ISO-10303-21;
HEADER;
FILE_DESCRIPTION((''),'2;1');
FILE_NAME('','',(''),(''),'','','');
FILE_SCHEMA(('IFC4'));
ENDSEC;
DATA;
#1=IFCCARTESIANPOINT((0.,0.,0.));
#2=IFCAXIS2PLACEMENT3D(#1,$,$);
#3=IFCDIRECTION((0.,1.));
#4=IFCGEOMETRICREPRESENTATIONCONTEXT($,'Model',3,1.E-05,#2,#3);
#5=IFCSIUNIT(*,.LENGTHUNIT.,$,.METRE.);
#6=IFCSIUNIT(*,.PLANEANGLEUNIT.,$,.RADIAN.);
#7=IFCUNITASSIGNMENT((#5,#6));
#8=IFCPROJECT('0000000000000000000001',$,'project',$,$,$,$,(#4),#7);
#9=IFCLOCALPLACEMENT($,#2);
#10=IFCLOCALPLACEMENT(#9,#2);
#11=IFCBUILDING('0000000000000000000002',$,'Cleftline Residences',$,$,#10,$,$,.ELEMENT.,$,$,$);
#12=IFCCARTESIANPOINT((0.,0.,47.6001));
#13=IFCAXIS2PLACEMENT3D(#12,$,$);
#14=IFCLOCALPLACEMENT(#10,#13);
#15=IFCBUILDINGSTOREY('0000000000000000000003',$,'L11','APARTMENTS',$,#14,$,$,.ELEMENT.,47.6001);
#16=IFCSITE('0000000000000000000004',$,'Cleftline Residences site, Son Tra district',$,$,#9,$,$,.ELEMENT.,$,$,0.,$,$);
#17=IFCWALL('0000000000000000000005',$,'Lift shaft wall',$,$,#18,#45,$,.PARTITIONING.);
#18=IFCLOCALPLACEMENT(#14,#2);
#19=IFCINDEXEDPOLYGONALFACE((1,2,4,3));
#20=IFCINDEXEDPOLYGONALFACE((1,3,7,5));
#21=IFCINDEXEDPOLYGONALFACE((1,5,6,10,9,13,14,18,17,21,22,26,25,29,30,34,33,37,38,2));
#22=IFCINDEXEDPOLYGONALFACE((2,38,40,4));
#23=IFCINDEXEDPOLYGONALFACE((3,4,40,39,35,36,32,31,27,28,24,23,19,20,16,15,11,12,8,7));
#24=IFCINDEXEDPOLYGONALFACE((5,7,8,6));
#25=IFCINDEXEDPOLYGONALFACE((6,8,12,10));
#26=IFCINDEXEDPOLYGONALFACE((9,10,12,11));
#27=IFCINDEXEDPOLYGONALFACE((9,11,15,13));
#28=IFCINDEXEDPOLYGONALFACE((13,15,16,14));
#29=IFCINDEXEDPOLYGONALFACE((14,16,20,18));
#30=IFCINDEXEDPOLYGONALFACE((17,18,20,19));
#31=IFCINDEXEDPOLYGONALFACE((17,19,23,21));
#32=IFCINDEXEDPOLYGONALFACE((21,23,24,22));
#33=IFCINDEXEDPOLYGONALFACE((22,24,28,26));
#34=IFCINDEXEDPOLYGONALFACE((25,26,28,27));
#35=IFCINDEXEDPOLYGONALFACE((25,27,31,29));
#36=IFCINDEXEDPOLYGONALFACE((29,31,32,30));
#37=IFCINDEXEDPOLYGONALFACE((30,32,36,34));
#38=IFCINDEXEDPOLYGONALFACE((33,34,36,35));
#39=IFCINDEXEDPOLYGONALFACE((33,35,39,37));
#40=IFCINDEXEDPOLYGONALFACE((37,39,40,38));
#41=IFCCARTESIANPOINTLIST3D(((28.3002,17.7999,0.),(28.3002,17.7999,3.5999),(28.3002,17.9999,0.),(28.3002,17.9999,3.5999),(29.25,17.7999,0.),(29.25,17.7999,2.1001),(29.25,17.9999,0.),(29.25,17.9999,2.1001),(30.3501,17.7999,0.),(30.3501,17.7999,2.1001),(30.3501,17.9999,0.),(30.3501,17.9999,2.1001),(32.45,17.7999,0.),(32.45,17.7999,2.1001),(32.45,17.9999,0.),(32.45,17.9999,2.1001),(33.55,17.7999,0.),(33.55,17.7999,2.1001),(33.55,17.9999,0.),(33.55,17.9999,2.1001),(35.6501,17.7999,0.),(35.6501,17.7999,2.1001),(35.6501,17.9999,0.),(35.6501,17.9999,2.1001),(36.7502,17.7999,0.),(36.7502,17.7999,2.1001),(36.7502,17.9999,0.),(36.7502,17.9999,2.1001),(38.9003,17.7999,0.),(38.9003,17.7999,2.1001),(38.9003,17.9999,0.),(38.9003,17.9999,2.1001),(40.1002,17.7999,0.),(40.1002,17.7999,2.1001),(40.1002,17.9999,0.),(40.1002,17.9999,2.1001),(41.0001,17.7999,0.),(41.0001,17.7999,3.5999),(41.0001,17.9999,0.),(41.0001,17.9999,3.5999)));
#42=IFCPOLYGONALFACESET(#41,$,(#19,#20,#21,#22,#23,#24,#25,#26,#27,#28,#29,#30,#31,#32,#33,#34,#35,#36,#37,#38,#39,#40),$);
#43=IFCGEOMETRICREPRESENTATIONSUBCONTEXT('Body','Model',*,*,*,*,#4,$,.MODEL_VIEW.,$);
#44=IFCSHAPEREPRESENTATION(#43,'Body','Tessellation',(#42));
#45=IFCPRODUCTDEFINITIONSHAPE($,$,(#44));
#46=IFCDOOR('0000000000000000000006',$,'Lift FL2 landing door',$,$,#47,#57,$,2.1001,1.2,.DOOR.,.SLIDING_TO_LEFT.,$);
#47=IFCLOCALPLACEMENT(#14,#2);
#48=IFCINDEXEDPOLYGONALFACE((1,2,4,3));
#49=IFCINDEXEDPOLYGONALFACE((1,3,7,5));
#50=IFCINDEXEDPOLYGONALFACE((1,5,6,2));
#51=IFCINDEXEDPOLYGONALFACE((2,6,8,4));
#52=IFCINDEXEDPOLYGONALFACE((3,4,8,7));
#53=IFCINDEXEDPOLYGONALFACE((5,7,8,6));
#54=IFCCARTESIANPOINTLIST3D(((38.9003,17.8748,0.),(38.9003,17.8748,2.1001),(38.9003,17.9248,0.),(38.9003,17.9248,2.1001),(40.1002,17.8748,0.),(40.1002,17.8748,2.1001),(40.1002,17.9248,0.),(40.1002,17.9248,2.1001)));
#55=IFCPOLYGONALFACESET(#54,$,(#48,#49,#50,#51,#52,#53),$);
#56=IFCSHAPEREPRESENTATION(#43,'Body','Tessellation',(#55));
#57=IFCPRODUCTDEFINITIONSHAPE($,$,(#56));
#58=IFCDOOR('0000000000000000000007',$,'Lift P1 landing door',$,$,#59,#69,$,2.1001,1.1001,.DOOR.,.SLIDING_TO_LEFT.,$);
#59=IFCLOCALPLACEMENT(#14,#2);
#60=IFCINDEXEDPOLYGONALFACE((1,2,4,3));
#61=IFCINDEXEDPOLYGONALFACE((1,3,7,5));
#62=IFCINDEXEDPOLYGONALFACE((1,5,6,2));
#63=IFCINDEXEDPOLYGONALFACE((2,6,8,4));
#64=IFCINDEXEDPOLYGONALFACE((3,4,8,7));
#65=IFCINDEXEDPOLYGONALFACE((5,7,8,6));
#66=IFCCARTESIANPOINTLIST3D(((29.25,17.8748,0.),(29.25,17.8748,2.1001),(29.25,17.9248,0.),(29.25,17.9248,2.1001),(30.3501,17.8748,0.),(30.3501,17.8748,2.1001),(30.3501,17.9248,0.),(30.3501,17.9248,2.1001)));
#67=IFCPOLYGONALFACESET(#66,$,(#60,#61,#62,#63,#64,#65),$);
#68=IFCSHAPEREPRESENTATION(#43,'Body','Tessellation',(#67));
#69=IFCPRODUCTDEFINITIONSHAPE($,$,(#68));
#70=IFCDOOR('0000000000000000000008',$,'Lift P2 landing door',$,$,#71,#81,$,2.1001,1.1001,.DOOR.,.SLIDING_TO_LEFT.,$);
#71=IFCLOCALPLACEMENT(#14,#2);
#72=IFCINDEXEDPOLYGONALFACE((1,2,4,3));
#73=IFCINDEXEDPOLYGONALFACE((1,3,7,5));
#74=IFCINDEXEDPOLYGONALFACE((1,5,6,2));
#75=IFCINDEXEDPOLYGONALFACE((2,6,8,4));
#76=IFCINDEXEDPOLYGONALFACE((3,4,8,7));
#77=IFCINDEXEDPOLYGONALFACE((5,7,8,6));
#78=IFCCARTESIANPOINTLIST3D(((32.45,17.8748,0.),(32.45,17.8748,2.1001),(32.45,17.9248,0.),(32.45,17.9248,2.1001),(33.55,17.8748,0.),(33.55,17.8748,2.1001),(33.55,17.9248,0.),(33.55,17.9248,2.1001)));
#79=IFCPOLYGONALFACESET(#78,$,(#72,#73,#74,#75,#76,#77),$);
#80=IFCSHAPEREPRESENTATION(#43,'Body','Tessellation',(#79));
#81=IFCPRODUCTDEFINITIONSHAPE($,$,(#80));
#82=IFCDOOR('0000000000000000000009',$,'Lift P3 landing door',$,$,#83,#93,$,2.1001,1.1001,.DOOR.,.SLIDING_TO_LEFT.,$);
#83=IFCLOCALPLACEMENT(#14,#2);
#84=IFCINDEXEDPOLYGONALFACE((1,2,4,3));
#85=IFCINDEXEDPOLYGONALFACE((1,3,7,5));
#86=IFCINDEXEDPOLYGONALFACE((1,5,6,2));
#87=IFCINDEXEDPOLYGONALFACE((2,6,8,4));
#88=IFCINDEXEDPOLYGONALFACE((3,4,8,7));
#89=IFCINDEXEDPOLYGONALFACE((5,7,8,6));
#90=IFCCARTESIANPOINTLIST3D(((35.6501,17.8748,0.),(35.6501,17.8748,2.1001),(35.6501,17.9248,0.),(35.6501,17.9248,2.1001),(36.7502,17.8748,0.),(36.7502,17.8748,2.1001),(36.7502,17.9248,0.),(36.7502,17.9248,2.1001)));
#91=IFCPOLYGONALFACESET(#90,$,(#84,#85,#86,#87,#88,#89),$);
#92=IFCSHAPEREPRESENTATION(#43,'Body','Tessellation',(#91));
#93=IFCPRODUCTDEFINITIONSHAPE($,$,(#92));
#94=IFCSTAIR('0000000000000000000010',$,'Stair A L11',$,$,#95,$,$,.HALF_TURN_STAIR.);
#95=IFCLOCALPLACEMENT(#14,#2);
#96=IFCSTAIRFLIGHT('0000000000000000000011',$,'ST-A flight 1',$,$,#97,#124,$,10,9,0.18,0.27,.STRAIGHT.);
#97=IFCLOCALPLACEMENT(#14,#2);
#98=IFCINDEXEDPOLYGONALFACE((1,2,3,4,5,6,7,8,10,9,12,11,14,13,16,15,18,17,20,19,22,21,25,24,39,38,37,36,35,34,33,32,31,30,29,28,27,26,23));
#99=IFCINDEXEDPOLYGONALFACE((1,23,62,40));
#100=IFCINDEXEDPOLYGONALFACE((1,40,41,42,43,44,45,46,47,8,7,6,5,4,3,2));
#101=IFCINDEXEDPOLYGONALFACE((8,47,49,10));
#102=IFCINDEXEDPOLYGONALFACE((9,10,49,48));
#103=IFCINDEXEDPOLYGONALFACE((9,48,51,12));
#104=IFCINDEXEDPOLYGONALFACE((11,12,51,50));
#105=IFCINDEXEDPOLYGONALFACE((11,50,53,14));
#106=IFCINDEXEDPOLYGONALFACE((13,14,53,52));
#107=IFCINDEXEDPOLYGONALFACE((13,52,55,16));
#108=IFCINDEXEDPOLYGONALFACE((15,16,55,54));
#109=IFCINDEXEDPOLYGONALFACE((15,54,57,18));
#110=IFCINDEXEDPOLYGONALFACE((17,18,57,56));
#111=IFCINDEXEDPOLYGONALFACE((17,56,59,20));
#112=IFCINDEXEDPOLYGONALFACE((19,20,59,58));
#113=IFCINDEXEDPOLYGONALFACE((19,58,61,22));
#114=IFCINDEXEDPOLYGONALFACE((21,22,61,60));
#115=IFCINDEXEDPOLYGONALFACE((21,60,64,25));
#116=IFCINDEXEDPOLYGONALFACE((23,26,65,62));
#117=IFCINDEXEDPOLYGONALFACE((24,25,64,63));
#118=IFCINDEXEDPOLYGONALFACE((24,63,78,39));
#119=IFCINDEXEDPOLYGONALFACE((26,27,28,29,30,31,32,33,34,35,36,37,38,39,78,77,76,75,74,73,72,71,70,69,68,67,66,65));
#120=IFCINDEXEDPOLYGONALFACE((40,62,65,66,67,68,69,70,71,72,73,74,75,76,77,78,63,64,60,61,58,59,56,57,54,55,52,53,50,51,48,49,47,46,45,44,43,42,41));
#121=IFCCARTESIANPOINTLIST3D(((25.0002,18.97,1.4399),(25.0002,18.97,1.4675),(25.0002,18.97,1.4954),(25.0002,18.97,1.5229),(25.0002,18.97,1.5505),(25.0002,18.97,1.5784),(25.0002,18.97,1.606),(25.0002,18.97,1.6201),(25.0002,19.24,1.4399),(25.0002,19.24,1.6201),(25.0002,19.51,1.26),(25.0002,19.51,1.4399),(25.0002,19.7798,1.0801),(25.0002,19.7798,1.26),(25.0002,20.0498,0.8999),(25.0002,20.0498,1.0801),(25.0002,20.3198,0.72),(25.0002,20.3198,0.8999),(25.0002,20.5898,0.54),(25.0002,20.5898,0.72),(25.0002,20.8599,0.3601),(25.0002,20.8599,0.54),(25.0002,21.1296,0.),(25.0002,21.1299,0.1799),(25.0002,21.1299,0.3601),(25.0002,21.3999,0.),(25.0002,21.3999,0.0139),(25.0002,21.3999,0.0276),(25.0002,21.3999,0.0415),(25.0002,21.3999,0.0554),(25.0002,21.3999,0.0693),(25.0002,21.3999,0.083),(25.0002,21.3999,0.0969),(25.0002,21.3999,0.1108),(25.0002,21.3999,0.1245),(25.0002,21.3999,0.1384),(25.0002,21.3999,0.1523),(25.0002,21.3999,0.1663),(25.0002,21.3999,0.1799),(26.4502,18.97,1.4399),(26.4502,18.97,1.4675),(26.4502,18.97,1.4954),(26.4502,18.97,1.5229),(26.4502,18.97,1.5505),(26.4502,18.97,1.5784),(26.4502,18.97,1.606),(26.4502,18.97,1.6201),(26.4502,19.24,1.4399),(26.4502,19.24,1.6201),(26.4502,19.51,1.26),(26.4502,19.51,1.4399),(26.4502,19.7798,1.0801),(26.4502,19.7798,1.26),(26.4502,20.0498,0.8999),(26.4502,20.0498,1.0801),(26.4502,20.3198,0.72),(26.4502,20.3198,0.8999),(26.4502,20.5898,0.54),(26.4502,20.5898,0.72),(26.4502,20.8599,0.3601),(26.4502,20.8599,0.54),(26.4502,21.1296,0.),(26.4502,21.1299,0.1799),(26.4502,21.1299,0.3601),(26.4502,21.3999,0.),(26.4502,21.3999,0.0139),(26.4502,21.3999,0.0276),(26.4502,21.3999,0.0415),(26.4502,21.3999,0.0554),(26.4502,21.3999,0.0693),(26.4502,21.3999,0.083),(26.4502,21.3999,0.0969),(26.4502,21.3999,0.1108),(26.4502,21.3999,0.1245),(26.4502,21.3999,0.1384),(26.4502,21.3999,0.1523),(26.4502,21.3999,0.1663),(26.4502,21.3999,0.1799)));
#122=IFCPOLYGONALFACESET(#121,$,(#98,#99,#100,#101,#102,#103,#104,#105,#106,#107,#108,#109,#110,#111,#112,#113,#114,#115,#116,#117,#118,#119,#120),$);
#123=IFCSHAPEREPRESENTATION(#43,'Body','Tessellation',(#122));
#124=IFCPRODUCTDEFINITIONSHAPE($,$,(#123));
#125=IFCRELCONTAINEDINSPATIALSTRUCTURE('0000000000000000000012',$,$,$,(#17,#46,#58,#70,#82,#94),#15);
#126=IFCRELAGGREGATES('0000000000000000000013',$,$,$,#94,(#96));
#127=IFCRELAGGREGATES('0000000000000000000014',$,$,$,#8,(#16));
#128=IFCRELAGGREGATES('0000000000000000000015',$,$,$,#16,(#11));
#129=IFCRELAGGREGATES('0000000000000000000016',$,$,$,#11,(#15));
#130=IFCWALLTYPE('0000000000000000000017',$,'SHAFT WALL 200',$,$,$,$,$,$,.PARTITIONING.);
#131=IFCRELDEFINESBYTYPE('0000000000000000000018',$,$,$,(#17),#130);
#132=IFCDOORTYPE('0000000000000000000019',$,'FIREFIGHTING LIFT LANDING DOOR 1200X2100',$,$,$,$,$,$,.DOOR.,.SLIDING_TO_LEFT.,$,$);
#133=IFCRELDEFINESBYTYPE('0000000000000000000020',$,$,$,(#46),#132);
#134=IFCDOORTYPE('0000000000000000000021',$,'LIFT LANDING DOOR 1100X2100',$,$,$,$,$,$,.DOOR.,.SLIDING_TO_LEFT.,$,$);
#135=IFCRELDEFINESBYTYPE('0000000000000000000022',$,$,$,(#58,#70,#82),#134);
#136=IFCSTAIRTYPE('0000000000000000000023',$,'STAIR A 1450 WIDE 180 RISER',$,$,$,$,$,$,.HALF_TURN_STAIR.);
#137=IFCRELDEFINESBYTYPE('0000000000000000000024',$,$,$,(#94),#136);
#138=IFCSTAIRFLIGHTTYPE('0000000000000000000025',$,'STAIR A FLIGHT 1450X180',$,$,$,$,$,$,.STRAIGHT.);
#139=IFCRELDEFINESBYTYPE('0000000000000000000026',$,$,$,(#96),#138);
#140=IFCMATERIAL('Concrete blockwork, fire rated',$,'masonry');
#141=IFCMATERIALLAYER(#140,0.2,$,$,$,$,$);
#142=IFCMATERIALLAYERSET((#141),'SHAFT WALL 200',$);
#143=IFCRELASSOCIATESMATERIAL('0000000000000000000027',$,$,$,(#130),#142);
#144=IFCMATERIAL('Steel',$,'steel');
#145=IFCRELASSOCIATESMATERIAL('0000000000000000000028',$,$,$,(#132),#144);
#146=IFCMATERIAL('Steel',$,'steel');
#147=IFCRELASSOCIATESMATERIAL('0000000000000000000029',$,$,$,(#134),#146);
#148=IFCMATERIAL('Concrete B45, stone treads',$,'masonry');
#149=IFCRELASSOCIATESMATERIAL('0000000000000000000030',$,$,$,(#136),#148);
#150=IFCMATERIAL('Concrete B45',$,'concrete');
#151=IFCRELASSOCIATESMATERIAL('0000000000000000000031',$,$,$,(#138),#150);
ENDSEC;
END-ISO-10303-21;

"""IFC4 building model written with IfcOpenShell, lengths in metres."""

from ifc_helpers import new_model, si_unit, direction, frame, frame_2d, origin, place, context, subcontext, project, spatial, polyline, rectangle, outline, extrude, material, layer, layer_set, type_object, element, fill, aggregate, save


model = new_model("IFC4")

# Units and contexts
model_context = context("Model", 3, precision=1e-05, world=origin(), true_north=direction((0.0, 1.0)))
body_context = subcontext(model_context, "Body", "Model", "MODEL_VIEW")
ifc_project = project(units=[si_unit("LENGTHUNIT", "METRE"), si_unit("PLANEANGLEUNIT", "RADIAN")], contexts=[model_context])

# Site, building, storey
site_placement = place(None, origin())
site = spatial("IfcSite", under=ifc_project, at=site_placement, Name="Cleftline Residences site, Son Tra district", CompositionType="ELEMENT", RefElevation=0.0)
building_placement = place(site_placement, origin())
building = spatial("IfcBuilding", under=site, at=building_placement, Name="Cleftline Residences", CompositionType="ELEMENT")
storey_placement = place(building_placement, frame((0.0, 0.0, 47.6001)))
storey = spatial("IfcBuildingStorey", under=building, at=storey_placement, Name="L11", Description="APARTMENTS", CompositionType="ELEMENT", Elevation=47.6001)

# Wall, openings, doors
ifc_material_1 = material(Name="Concrete blockwork, fire rated", Category="masonry")
ifc_layer_1 = layer(ifc_material_1, 0.2)
ifc_layer_set_1 = layer_set([ifc_layer_1], Name="SHAFT WALL 200")
wall_type_1 = type_object("IfcWallType", Name="SHAFT WALL 200", PredefinedType="PARTITIONING", material=ifc_layer_set_1)
wall_1_placement = place(storey_placement, frame((28.3, 17.8999, 0.0), z_axis=(0.0, 0.0, 1.0), x_axis=(1.0, 0.0, 0.0)))
wall_1 = element("IfcWall", 1, at=wall_1_placement, inside=storey, type_object=wall_type_1, Name="Lift shaft wall", PredefinedType="PARTITIONING", context=body_context, shape_type="SweptSolid", body=[
    extrude(rectangle(XDim=12.7, YDim=0.2, at=frame_2d((6.3501, 0.0))), origin(), (0.0, 0.0, 1.0), 3.5999),
])
opening_1_placement = place(wall_1_placement, frame((0.95, 0.0, 0.0)))
opening_1 = element("IfcOpeningElement", 2, at=opening_1_placement, cuts=wall_1, PredefinedType="OPENING", context=body_context, shape_type="SweptSolid", body=[
    extrude(rectangle(XDim=1.1001, YDim=2.1001, at=frame_2d((0.55, 1.05))), frame((0.0, 0.1099, 0.0), z_axis=(0.0, -1.0, 0.0), x_axis=(1.0, 0.0, 0.0)), (0.0, 0.0, 1.0), 0.22),
])
opening_2_placement = place(wall_1_placement, frame((4.1499, 0.0, 0.0)))
opening_2 = element("IfcOpeningElement", 3, at=opening_2_placement, cuts=wall_1, PredefinedType="OPENING", context=body_context, shape_type="SweptSolid", body=[
    extrude(rectangle(XDim=1.1001, YDim=2.1001, at=frame_2d((0.55, 1.05))), frame((0.0, 0.1099, 0.0), z_axis=(0.0, -1.0, 0.0), x_axis=(1.0, 0.0, 0.0)), (0.0, 0.0, 1.0), 0.22),
])
opening_3_placement = place(wall_1_placement, frame((7.3501, 0.0, 0.0)))
opening_3 = element("IfcOpeningElement", 4, at=opening_3_placement, cuts=wall_1, PredefinedType="OPENING", context=body_context, shape_type="SweptSolid", body=[
    extrude(rectangle(XDim=1.1001, YDim=2.1001, at=frame_2d((0.55, 1.05))), frame((0.0, 0.1099, 0.0), z_axis=(0.0, -1.0, 0.0), x_axis=(1.0, 0.0, 0.0)), (0.0, 0.0, 1.0), 0.22),
])
opening_4_placement = place(wall_1_placement, frame((10.6001, 0.0, 0.0)))
opening_4 = element("IfcOpeningElement", 5, at=opening_4_placement, cuts=wall_1, PredefinedType="OPENING", context=body_context, shape_type="SweptSolid", body=[
    extrude(rectangle(XDim=1.2, YDim=2.1001, at=frame_2d((0.6001, 1.05))), frame((0.0, 0.1099, 0.0), z_axis=(0.0, -1.0, 0.0), x_axis=(1.0, 0.0, 0.0)), (0.0, 0.0, 1.0), 0.22),
])
ifc_material_2 = material(Name="Steel", Category="steel")
door_type_1 = type_object("IfcDoorType", Name="FIREFIGHTING LIFT LANDING DOOR 1200X2100", OperationType="SLIDING_TO_LEFT", PredefinedType="DOOR", material=ifc_material_2)
door_1_placement = place(opening_4_placement, origin())
door_1 = element("IfcDoor", 6, at=door_1_placement, inside=storey, type_object=door_type_1, Name="Lift FL2 landing door", OperationType="SLIDING_TO_LEFT", OverallHeight=2.1001, OverallWidth=1.2, PredefinedType="DOOR", context=body_context, shape_type="SweptSolid", body=[
    extrude(rectangle(XDim=1.2, YDim=2.1001, at=frame_2d((0.6001, 1.05))), frame((0.0, 0.0249, 0.0), z_axis=(0.0, -1.0, 0.0), x_axis=(1.0, 0.0, 0.0)), (0.0, 0.0, 1.0), 0.05),
])
fill(opening_4, door_1)
ifc_material_3 = material(Name="Steel", Category="steel")
door_type_2 = type_object("IfcDoorType", Name="LIFT LANDING DOOR 1100X2100", OperationType="SLIDING_TO_LEFT", PredefinedType="DOOR", material=ifc_material_3)
door_2_placement = place(opening_1_placement, origin())
door_2 = element("IfcDoor", 7, at=door_2_placement, inside=storey, type_object=door_type_2, Name="Lift P1 landing door", OperationType="SLIDING_TO_LEFT", OverallHeight=2.1001, OverallWidth=1.1001, PredefinedType="DOOR", context=body_context, shape_type="SweptSolid", body=[
    extrude(rectangle(XDim=1.1001, YDim=2.1001, at=frame_2d((0.55, 1.05))), frame((0.0, 0.0249, 0.0), z_axis=(0.0, -1.0, 0.0), x_axis=(1.0, 0.0, 0.0)), (0.0, 0.0, 1.0), 0.05),
])
fill(opening_1, door_2)
door_3_placement = place(opening_2_placement, origin())
door_3 = element("IfcDoor", 8, at=door_3_placement, inside=storey, type_object=door_type_2, Name="Lift P2 landing door", OperationType="SLIDING_TO_LEFT", OverallHeight=2.1001, OverallWidth=1.1001, PredefinedType="DOOR", context=body_context, shape_type="SweptSolid", body=[
    extrude(rectangle(XDim=1.1001, YDim=2.1001, at=frame_2d((0.55, 1.05))), frame((0.0, 0.0249, 0.0), z_axis=(0.0, -1.0, 0.0), x_axis=(1.0, 0.0, 0.0)), (0.0, 0.0, 1.0), 0.05),
])
fill(opening_2, door_3)
door_4_placement = place(opening_3_placement, origin())
door_4 = element("IfcDoor", 9, at=door_4_placement, inside=storey, type_object=door_type_2, Name="Lift P3 landing door", OperationType="SLIDING_TO_LEFT", OverallHeight=2.1001, OverallWidth=1.1001, PredefinedType="DOOR", context=body_context, shape_type="SweptSolid", body=[
    extrude(rectangle(XDim=1.1001, YDim=2.1001, at=frame_2d((0.55, 1.05))), frame((0.0, 0.0249, 0.0), z_axis=(0.0, -1.0, 0.0), x_axis=(1.0, 0.0, 0.0)), (0.0, 0.0, 1.0), 0.05),
])
fill(opening_3, door_4)

# Stair, stair flight
ifc_material_4 = material(Name="Concrete B45, stone treads", Category="masonry")
stair_type = type_object("IfcStairType", Name="STAIR A 1450 WIDE 180 RISER", PredefinedType="HALF_TURN_STAIR", material=ifc_material_4)
stair_placement = place(storey_placement, origin())
stair = element("IfcStair", 10, at=stair_placement, inside=storey, type_object=stair_type, Name="Stair A L11", PredefinedType="HALF_TURN_STAIR")
ifc_material_5 = material(Name="Concrete B45", Category="concrete")
stair_flight_type = type_object("IfcStairFlightType", Name="STAIR A FLIGHT 1450X180", PredefinedType="STRAIGHT", material=ifc_material_5)
stair_flight_1_placement = place(storey_placement, frame((25.7251, 21.3999, 0.0), z_axis=(0.0, 0.0, 1.0), x_axis=(0.0, -1.0, 0.0)))
stair_flight_1 = element("IfcStairFlight", 11, at=stair_flight_1_placement, type_object=stair_flight_type, Name="ST-A flight 1", NumberOfRisers=10, NumberOfTreads=9, PredefinedType="STRAIGHT", RiserHeight=0.18, TreadLength=0.27, context=body_context, shape_type="SweptSolid", body=[
    extrude(outline(polyline([(0.0, 0.0), (0.0, 0.0139), (0.0, 0.0276), (0.0, 0.0415), (0.0, 0.0554), (0.0, 0.0693), (0.0, 0.083), (0.0, 0.0969), (0.0, 0.1108), (0.0, 0.1245), (0.0, 0.1384), (0.0, 0.1523), (0.0, 0.1663), (0.0, 0.1799), (0.27, 0.1799), (0.27, 0.3601), (0.54, 0.3601), (0.54, 0.54), (0.8101, 0.54), (0.8101, 0.72), (1.0801, 0.72), (1.0801, 0.8999), (1.3501, 0.8999), (1.3501, 1.0801), (1.6201, 1.0801), (1.6201, 1.26), (1.8899, 1.26), (1.8899, 1.4399), (2.1599, 1.4399), (2.1599, 1.6201), (2.4299, 1.6201), (2.4299, 1.8), (2.4299, 1.7722), (2.4299, 1.7446), (2.4299, 1.7168), (2.4299, 1.6892), (2.4299, 1.6614), (2.4299, 1.6338), (2.4299, 1.606), (2.4299, 1.5784), (2.4299, 1.5505), (2.4299, 1.5229), (2.4299, 1.4954), (2.4299, 1.4675), (2.4299, 1.4399), (0.2703, 0.0), (0.0, 0.0)])), frame((0.0, 0.7251, 0.0), z_axis=(0.0, -1.0, 0.0), x_axis=(1.0, 0.0, 0.0)), (0.0, 0.0, 1.0), 1.45),
])
aggregate(stair, [stair_flight_1])

save(model, "model.ifc")
